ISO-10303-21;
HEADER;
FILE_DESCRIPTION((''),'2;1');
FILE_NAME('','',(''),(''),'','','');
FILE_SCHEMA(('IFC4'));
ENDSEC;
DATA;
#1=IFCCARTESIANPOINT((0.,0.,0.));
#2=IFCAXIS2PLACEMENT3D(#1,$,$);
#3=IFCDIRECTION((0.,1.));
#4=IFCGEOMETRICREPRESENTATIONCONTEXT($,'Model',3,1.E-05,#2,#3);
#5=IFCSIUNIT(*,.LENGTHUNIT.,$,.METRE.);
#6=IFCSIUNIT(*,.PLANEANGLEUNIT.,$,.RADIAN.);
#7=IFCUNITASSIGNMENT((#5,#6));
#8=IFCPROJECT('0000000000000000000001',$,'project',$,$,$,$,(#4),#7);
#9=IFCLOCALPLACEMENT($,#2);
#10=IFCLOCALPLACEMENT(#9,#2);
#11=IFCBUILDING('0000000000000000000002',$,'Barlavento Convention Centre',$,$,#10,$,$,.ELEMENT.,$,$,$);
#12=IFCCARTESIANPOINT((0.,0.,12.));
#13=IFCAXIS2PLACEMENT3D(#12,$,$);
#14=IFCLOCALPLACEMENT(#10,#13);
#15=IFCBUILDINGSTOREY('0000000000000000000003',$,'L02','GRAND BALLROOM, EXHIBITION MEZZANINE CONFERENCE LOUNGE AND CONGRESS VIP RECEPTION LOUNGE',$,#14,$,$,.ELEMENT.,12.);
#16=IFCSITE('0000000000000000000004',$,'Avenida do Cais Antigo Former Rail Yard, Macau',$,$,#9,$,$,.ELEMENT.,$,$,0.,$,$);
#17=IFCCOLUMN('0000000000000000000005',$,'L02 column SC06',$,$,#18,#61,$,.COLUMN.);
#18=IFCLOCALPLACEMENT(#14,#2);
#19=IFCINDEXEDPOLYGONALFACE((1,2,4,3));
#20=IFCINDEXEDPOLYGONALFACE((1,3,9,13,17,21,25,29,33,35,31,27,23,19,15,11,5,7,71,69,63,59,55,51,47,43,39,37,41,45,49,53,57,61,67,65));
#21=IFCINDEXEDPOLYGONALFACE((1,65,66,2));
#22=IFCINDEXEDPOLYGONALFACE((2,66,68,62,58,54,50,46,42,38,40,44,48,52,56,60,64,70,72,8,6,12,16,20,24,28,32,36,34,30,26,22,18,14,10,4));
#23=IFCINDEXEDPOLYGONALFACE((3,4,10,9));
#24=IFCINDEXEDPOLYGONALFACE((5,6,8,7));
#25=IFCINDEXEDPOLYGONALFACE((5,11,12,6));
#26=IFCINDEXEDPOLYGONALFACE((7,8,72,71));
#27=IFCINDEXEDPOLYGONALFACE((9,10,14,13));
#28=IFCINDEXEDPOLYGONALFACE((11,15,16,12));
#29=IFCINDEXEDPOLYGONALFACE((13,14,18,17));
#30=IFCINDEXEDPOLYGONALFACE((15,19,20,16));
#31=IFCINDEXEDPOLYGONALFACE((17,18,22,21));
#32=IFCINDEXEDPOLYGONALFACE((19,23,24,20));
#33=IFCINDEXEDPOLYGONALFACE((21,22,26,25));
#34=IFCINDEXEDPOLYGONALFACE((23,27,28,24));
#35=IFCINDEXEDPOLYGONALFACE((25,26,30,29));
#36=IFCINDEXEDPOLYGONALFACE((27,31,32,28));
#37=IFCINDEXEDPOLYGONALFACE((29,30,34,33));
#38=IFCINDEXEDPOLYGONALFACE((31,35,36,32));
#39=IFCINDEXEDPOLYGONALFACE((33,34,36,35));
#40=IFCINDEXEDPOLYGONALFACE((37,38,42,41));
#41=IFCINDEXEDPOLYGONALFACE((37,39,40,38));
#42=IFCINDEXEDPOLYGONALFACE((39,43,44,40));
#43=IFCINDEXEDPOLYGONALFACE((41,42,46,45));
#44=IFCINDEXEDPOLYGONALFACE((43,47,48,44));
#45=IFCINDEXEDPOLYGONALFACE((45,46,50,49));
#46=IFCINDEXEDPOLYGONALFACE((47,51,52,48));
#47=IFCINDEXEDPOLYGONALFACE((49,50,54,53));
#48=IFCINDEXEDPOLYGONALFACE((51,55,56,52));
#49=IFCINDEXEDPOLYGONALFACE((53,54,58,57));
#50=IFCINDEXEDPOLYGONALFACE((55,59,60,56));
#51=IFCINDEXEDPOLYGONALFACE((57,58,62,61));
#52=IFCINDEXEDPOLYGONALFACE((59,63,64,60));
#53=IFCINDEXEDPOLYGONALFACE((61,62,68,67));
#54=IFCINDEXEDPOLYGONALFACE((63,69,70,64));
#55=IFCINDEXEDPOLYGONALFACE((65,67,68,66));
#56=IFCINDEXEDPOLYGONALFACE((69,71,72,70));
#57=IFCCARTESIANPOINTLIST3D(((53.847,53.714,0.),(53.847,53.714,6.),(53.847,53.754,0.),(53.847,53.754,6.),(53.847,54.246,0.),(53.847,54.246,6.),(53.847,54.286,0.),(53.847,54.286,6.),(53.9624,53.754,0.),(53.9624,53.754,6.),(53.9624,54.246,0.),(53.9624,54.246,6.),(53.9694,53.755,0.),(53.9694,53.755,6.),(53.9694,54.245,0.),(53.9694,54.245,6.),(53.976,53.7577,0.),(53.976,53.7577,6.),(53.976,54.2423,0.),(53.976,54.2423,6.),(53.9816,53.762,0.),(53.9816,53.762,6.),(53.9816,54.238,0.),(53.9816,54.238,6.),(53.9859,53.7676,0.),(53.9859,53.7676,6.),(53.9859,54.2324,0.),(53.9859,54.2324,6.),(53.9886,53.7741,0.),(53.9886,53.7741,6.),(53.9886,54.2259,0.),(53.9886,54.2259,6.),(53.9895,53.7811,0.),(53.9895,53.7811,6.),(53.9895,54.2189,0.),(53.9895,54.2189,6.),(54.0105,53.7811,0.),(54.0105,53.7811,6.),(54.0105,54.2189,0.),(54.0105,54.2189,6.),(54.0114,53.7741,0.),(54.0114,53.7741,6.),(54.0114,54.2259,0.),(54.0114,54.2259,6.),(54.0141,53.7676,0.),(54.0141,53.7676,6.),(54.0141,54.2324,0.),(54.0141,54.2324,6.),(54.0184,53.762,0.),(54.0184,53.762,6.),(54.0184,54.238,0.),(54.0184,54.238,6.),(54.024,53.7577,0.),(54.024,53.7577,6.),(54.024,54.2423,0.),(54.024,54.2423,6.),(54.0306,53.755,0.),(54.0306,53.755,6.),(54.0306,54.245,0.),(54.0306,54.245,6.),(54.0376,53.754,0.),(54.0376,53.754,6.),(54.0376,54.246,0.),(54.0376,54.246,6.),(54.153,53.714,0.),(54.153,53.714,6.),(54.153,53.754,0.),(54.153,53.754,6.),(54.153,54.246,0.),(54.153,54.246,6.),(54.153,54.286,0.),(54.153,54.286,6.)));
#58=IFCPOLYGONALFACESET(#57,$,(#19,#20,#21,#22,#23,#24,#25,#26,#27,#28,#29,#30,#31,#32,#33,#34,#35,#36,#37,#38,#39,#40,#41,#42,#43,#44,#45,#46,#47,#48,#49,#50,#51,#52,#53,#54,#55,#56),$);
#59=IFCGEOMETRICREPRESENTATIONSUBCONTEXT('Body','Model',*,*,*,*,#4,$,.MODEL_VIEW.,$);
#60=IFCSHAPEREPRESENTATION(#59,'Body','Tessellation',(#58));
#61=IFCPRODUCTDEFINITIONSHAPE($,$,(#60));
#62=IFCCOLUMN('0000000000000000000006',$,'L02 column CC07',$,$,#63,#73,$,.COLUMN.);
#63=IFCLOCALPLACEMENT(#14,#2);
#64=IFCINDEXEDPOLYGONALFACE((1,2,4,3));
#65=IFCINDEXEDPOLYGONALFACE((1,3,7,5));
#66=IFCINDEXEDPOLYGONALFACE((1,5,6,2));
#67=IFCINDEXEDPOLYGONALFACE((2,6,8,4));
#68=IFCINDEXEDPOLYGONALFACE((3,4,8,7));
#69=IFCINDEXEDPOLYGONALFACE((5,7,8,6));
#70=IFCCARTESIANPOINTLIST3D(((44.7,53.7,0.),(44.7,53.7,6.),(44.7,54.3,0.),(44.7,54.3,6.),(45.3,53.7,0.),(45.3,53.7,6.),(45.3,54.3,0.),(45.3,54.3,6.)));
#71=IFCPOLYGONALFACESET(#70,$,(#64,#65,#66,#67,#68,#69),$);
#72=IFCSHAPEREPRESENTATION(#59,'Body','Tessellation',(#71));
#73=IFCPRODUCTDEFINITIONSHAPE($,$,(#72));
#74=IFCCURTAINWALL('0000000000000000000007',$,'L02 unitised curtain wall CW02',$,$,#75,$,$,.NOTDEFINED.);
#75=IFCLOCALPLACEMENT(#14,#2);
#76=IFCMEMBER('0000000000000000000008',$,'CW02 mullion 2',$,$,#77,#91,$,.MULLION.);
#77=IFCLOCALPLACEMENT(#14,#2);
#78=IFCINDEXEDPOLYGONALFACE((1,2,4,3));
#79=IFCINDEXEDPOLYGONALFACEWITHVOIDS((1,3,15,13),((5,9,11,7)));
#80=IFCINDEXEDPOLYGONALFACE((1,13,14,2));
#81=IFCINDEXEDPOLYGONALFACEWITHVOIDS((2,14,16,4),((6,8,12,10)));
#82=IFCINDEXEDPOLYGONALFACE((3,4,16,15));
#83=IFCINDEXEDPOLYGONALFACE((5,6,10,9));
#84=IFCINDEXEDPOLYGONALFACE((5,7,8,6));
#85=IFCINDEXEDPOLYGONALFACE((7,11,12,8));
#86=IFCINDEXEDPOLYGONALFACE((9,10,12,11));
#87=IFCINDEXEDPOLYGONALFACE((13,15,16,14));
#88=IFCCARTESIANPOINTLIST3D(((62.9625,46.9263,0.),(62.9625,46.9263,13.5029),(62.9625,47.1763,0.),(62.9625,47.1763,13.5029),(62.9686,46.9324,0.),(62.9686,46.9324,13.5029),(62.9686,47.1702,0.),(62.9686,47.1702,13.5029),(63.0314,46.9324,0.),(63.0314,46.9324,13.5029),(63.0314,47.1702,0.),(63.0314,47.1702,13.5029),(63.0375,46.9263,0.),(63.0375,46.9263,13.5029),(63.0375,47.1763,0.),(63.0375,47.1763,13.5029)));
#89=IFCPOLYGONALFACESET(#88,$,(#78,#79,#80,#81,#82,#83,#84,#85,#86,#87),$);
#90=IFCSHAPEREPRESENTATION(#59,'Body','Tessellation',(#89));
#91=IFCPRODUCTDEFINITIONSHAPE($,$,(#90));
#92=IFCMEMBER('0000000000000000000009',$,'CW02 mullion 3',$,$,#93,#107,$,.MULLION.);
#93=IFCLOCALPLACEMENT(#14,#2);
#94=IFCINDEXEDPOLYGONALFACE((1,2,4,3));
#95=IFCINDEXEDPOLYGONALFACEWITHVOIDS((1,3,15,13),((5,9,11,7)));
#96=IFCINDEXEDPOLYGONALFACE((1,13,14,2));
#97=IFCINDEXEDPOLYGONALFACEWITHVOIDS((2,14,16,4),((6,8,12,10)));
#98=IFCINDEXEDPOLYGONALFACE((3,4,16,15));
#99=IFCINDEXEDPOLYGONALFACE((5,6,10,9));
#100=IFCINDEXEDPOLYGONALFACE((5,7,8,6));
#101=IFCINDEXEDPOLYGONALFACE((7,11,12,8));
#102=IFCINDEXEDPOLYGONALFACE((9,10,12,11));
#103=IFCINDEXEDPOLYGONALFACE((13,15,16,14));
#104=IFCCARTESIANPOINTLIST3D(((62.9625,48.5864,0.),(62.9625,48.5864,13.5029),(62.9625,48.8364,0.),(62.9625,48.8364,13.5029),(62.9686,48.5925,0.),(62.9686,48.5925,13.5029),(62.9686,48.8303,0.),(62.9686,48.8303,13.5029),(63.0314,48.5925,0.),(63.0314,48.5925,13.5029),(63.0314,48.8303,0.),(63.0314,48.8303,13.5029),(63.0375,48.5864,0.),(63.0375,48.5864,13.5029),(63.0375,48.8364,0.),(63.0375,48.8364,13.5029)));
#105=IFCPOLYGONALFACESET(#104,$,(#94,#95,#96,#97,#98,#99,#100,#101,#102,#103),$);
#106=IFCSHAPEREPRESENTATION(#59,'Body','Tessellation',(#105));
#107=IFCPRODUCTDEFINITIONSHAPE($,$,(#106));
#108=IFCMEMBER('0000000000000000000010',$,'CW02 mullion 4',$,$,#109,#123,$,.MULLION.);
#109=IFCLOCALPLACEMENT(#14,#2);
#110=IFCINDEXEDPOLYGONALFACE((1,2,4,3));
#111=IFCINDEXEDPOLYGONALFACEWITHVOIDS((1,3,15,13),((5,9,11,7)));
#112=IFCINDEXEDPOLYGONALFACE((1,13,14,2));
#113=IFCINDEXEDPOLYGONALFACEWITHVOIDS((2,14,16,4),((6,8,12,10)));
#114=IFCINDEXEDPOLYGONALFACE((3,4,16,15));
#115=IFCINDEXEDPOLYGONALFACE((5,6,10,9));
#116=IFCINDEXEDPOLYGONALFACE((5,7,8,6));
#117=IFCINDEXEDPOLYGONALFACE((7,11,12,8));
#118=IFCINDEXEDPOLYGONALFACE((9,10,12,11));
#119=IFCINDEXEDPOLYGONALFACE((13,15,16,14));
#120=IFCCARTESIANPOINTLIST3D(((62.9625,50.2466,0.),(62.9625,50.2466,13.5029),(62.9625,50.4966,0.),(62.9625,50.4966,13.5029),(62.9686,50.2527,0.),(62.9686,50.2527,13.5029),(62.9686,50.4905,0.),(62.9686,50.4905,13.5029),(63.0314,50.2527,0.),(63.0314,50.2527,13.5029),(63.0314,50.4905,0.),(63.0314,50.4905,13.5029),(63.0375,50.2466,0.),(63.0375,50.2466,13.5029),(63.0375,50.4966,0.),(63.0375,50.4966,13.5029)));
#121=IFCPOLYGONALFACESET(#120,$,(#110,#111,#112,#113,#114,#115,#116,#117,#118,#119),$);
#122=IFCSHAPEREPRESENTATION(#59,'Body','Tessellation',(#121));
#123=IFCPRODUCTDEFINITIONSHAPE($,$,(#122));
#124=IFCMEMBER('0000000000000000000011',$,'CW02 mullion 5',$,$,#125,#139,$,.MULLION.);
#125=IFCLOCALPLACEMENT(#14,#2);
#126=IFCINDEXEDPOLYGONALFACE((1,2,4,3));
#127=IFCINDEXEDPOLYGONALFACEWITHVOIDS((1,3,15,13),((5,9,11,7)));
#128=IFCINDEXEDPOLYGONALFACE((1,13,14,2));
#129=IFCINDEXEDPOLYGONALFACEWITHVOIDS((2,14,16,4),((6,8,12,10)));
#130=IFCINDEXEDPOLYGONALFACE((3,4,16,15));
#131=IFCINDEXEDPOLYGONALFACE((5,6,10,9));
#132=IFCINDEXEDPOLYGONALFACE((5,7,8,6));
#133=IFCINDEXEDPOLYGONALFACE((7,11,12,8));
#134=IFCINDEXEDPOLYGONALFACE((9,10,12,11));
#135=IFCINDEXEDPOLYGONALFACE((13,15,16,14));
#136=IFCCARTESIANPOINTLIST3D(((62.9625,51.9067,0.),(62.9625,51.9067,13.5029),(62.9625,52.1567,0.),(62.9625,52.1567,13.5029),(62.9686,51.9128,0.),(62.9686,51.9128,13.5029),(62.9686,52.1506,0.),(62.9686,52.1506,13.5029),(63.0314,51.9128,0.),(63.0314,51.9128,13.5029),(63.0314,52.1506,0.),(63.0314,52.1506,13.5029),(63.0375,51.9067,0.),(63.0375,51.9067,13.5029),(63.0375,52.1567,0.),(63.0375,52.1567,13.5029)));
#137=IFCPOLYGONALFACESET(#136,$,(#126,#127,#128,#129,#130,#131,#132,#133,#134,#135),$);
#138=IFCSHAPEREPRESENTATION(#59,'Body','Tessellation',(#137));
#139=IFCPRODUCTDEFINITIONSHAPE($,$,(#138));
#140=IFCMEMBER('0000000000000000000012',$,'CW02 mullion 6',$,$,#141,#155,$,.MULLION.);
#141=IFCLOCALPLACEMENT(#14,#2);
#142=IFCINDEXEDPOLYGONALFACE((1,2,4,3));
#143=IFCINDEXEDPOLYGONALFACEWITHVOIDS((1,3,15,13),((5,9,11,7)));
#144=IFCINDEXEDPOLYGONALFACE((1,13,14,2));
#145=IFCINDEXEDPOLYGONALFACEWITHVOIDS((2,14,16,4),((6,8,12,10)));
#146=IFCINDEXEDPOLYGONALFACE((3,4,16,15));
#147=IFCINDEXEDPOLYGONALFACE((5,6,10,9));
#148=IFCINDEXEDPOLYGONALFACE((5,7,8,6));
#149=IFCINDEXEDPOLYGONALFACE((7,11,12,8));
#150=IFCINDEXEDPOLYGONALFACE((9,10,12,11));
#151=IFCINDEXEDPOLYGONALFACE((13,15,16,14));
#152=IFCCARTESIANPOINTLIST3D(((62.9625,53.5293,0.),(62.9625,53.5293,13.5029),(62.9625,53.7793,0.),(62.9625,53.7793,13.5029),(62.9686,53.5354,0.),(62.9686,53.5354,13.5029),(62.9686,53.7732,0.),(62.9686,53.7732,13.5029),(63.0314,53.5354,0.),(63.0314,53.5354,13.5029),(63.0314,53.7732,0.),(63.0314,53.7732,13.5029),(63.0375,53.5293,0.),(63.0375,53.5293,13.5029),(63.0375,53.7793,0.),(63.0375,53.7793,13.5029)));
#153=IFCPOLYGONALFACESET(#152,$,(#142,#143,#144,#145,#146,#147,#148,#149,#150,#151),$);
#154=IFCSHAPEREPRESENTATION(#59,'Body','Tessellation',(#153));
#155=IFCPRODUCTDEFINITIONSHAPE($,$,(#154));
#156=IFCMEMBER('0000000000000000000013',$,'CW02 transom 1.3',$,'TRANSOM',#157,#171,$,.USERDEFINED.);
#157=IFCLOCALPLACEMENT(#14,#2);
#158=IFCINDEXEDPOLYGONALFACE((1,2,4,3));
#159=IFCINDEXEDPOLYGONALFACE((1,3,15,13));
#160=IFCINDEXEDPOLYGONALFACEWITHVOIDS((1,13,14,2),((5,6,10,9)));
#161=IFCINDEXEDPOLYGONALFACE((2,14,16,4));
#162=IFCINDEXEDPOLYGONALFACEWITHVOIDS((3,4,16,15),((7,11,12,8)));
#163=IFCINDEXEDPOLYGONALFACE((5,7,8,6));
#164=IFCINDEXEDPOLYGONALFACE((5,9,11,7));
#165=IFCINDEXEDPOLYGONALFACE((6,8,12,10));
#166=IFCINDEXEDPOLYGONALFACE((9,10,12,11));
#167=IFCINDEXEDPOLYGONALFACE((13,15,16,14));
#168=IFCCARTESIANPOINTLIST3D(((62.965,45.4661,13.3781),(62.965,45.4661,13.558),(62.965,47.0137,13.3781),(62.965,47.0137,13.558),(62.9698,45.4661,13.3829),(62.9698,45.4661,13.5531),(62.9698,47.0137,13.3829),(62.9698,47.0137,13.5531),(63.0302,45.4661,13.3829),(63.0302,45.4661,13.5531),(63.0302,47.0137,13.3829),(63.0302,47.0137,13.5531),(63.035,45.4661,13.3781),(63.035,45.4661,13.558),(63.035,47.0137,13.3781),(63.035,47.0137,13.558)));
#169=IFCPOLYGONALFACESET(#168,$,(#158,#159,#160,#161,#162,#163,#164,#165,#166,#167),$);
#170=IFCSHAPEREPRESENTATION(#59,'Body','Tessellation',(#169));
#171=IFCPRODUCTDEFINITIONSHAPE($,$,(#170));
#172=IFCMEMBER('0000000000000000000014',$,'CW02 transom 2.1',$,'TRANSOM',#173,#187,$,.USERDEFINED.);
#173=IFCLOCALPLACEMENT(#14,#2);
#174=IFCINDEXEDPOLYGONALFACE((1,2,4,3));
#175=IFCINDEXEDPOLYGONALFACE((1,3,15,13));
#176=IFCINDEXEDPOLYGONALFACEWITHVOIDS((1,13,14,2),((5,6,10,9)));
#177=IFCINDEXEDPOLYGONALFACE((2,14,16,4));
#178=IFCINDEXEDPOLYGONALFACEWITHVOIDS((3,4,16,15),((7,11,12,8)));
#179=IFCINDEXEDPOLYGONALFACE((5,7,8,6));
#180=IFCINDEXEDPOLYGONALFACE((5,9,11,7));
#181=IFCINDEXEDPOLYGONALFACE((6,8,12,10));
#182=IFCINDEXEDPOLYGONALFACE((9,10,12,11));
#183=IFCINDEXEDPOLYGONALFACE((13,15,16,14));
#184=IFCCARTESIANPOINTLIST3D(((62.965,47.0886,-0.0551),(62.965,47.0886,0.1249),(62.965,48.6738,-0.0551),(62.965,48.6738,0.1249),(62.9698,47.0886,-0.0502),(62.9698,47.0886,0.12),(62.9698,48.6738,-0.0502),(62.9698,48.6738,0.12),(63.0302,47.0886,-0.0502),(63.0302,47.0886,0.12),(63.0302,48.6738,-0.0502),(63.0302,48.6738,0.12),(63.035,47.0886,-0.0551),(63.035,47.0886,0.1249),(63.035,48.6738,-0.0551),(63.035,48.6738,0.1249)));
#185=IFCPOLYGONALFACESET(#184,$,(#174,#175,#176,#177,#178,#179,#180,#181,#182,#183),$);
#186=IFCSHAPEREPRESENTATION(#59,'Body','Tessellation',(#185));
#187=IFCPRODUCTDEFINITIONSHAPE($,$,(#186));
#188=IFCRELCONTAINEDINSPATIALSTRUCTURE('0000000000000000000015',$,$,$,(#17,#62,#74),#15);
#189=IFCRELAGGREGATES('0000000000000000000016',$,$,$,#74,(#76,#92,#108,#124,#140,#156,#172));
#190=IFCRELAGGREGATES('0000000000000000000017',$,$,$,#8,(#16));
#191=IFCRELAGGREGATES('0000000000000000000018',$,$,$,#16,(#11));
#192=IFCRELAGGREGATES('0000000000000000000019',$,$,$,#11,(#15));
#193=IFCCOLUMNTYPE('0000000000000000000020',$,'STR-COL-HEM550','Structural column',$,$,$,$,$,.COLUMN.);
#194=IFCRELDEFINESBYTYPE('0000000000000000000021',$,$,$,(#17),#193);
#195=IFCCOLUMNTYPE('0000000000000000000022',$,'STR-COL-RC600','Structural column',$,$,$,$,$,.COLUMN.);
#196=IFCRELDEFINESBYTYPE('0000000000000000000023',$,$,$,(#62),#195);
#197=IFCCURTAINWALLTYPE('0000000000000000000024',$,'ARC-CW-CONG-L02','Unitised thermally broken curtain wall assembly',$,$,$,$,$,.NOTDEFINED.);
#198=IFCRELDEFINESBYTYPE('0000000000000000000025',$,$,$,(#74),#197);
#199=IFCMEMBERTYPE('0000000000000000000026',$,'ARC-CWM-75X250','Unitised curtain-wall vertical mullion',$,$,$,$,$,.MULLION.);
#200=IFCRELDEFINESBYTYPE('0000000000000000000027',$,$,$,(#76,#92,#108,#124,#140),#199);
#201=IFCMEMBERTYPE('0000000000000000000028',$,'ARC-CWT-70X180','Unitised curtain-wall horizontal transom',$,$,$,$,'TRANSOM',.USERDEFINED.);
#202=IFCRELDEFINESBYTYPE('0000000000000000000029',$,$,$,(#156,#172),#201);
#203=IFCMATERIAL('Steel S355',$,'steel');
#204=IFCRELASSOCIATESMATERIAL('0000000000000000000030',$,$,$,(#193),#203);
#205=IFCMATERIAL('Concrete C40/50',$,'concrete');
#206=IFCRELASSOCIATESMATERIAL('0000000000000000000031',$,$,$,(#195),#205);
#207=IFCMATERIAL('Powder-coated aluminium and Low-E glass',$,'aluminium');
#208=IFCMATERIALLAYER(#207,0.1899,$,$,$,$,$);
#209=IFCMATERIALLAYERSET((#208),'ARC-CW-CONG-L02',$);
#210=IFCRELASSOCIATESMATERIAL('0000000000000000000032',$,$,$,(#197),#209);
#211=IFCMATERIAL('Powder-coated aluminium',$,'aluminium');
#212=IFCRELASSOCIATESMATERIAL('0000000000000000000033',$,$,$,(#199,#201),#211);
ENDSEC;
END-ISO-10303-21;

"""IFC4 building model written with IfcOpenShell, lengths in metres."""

from ifc_helpers import new_model, si_unit, direction, frame, origin, origin_2d, place, context, subcontext, project, spatial, rectangle, hollow_rectangle, i_section, extrude, material, layer, layer_set, material_profile, profile_set, type_object, element, aggregate, save


model = new_model("IFC4")

# Units and contexts
model_context = context("Model", 3, precision=1e-05, world=origin(), true_north=direction((0.0, 1.0)))
body_context = subcontext(model_context, "Body", "Model", "MODEL_VIEW")
ifc_project = project(units=[si_unit("LENGTHUNIT", "METRE"), si_unit("PLANEANGLEUNIT", "RADIAN")], contexts=[model_context])

# Site, building, storey
site_placement = place(None, origin())
site = spatial("IfcSite", under=ifc_project, at=site_placement, Name="Avenida do Cais Antigo Former Rail Yard, Macau", CompositionType="ELEMENT", RefElevation=0.0)
building_placement = place(site_placement, origin())
building = spatial("IfcBuilding", under=site, at=building_placement, Name="Barlavento Convention Centre", CompositionType="ELEMENT")
storey_placement = place(building_placement, frame((0.0, 0.0, 12.0)))
storey = spatial("IfcBuildingStorey", under=building, at=storey_placement, Name="L02", Description="GRAND BALLROOM, EXHIBITION MEZZANINE CONFERENCE LOUNGE AND CONGRESS VIP RECEPTION LOUNGE", CompositionType="ELEMENT", Elevation=12.0)

# Columns
ifc_material_1 = material(Name="Steel S355", Category="steel")
ifc_material_profile_1 = material_profile(ifc_material_1, i_section(OverallWidth=0.3059, OverallDepth=0.572, WebThickness=0.021, FlangeThickness=0.04, FilletRadius=0.0271, at=origin_2d()), Name="HEM 550")
ifc_profile_set_1 = profile_set([ifc_material_profile_1], Name="Steel S355")
column_type_1 = type_object("IfcColumnType", Name="STR-COL-HEM550", Description="Structural column", PredefinedType="COLUMN", material=ifc_profile_set_1)
column_1_placement = place(storey_placement, frame((54.0, 54.0, 0.0), z_axis=(0.0, 0.0, 1.0), x_axis=(1.0, 0.0, 0.0)))
element("IfcColumn", 1, at=column_1_placement, inside=storey, type_object=column_type_1, Name="L02 column SC06", PredefinedType="COLUMN", context=body_context, shape_type="SweptSolid", body=[
    extrude(i_section(OverallWidth=0.3059, OverallDepth=0.572, WebThickness=0.021, FlangeThickness=0.04, FilletRadius=0.0271, at=origin_2d()), origin(), (0.0, 0.0, 1.0), 6.0),
])
ifc_material_2 = material(Name="Concrete C40/50", Category="concrete")
ifc_material_profile_2 = material_profile(ifc_material_2, rectangle(XDim=0.6001, YDim=0.6001, at=origin_2d()), Name="RC 600x600")
ifc_profile_set_2 = profile_set([ifc_material_profile_2], Name="Concrete C40/50")
column_type_2 = type_object("IfcColumnType", Name="STR-COL-RC600", Description="Structural column", PredefinedType="COLUMN", material=ifc_profile_set_2)
column_2_placement = place(storey_placement, frame((45.0, 54.0, 0.0), z_axis=(0.0, 0.0, 1.0), x_axis=(1.0, 0.0, 0.0)))
element("IfcColumn", 2, at=column_2_placement, inside=storey, type_object=column_type_2, Name="L02 column CC07", PredefinedType="COLUMN", context=body_context, shape_type="SweptSolid", body=[
    extrude(rectangle(XDim=0.6001, YDim=0.6001, at=origin_2d()), origin(), (0.0, 0.0, 1.0), 6.0),
])

# Curtain wall, members
ifc_material_3 = material(Name="Powder-coated aluminium and Low-E glass", Category="aluminium")
ifc_layer_1 = layer(ifc_material_3, 0.1899)
ifc_layer_set_1 = layer_set([ifc_layer_1], Name="ARC-CW-CONG-L02")
curtain_wall_type = type_object("IfcCurtainWallType", Name="ARC-CW-CONG-L02", Description="Unitised thermally broken curtain wall assembly", PredefinedType="NOTDEFINED", material=ifc_layer_set_1)
curtain_wall_placement = place(storey_placement, origin())
curtain_wall = element("IfcCurtainWall", 3, at=curtain_wall_placement, inside=storey, type_object=curtain_wall_type, Name="L02 unitised curtain wall CW02", PredefinedType="NOTDEFINED")
ifc_material_4 = material(Name="Powder-coated aluminium", Category="aluminium")
ifc_material_profile_3 = material_profile(ifc_material_4, hollow_rectangle(XDim=0.075, YDim=0.25, WallThickness=0.0061, at=origin_2d()), Name="AL-MULL 75x250x6")
ifc_profile_set_3 = profile_set([ifc_material_profile_3], Name="Powder-coated aluminium")
member_type_1 = type_object("IfcMemberType", Name="ARC-CWM-75X250", Description="Unitised curtain-wall vertical mullion", PredefinedType="MULLION", material=ifc_profile_set_3)
member_1_placement = place(storey_placement, frame((63.0, 47.0513, 0.0), z_axis=(0.0, 0.0, 1.0), x_axis=(-1.0, 0.0, 0.0)))
member_1 = element("IfcMember", 4, at=member_1_placement, type_object=member_type_1, Name="CW02 mullion 2", PredefinedType="MULLION", context=body_context, shape_type="SweptSolid", body=[
    extrude(hollow_rectangle(XDim=0.075, YDim=0.25, WallThickness=0.0061, at=origin_2d()), origin(), (0.0, 0.0, 1.0), 13.5029),
])
member_2_placement = place(storey_placement, frame((63.0, 48.7114, 0.0), z_axis=(0.0, 0.0, 1.0), x_axis=(-1.0, 0.0, 0.0)))
member_2 = element("IfcMember", 5, at=member_2_placement, type_object=member_type_1, Name="CW02 mullion 3", PredefinedType="MULLION", context=body_context, shape_type="SweptSolid", body=[
    extrude(hollow_rectangle(XDim=0.075, YDim=0.25, WallThickness=0.0061, at=origin_2d()), origin(), (0.0, 0.0, 1.0), 13.5029),
])
member_3_placement = place(storey_placement, frame((63.0, 50.3716, 0.0), z_axis=(0.0, 0.0, 1.0), x_axis=(-1.0, 0.0, 0.0)))
member_3 = element("IfcMember", 6, at=member_3_placement, type_object=member_type_1, Name="CW02 mullion 4", PredefinedType="MULLION", context=body_context, shape_type="SweptSolid", body=[
    extrude(hollow_rectangle(XDim=0.075, YDim=0.25, WallThickness=0.0061, at=origin_2d()), origin(), (0.0, 0.0, 1.0), 13.5029),
])
member_4_placement = place(storey_placement, frame((63.0, 52.0317, 0.0), z_axis=(0.0, 0.0, 1.0), x_axis=(-1.0, 0.0, 0.0)))
member_4 = element("IfcMember", 7, at=member_4_placement, type_object=member_type_1, Name="CW02 mullion 5", PredefinedType="MULLION", context=body_context, shape_type="SweptSolid", body=[
    extrude(hollow_rectangle(XDim=0.075, YDim=0.25, WallThickness=0.0061, at=origin_2d()), origin(), (0.0, 0.0, 1.0), 13.5029),
])
member_5_placement = place(storey_placement, frame((63.0, 53.6543, 0.0), z_axis=(0.0, 0.0, 1.0), x_axis=(-1.0, 0.0, 0.0)))
member_5 = element("IfcMember", 8, at=member_5_placement, type_object=member_type_1, Name="CW02 mullion 6", PredefinedType="MULLION", context=body_context, shape_type="SweptSolid", body=[
    extrude(hollow_rectangle(XDim=0.075, YDim=0.25, WallThickness=0.0061, at=origin_2d()), origin(), (0.0, 0.0, 1.0), 13.5029),
])
ifc_material_profile_4 = material_profile(ifc_material_4, hollow_rectangle(XDim=0.0701, YDim=0.1799, WallThickness=0.0049, at=origin_2d()), Name="AL-TRAN 70x180x5")
ifc_profile_set_4 = profile_set([ifc_material_profile_4], Name="Powder-coated aluminium")
member_type_2 = type_object("IfcMemberType", Name="ARC-CWT-70X180", Description="Unitised curtain-wall horizontal transom", ElementType="TRANSOM", PredefinedType="USERDEFINED", material=ifc_profile_set_4)
member_6_placement = place(storey_placement, frame((63.0, 45.4661, 13.468), z_axis=(0.0, 1.0, 0.0), x_axis=(-1.0, 0.0, 0.0)))
member_6 = element("IfcMember", 9, at=member_6_placement, type_object=member_type_2, Name="CW02 transom 1.3", ObjectType="TRANSOM", PredefinedType="USERDEFINED", context=body_context, shape_type="SweptSolid", body=[
    extrude(hollow_rectangle(XDim=0.0701, YDim=0.1799, WallThickness=0.0049, at=origin_2d()), origin(), (0.0, 0.0, 1.0), 1.5476),
])
member_7_placement = place(storey_placement, frame((63.0, 47.0886, 0.0349), z_axis=(0.0, 1.0, 0.0), x_axis=(-1.0, 0.0, 0.0)))
member_7 = element("IfcMember", 10, at=member_7_placement, type_object=member_type_2, Name="CW02 transom 2.1", ObjectType="TRANSOM", PredefinedType="USERDEFINED", context=body_context, shape_type="SweptSolid", body=[
    extrude(hollow_rectangle(XDim=0.0701, YDim=0.1799, WallThickness=0.0049, at=origin_2d()), origin(), (0.0, 0.0, 1.0), 1.5852),
])

aggregate(curtain_wall, [member_1, member_2, member_3, member_4, member_5, member_6, member_7])

save(model, "model.ifc")
